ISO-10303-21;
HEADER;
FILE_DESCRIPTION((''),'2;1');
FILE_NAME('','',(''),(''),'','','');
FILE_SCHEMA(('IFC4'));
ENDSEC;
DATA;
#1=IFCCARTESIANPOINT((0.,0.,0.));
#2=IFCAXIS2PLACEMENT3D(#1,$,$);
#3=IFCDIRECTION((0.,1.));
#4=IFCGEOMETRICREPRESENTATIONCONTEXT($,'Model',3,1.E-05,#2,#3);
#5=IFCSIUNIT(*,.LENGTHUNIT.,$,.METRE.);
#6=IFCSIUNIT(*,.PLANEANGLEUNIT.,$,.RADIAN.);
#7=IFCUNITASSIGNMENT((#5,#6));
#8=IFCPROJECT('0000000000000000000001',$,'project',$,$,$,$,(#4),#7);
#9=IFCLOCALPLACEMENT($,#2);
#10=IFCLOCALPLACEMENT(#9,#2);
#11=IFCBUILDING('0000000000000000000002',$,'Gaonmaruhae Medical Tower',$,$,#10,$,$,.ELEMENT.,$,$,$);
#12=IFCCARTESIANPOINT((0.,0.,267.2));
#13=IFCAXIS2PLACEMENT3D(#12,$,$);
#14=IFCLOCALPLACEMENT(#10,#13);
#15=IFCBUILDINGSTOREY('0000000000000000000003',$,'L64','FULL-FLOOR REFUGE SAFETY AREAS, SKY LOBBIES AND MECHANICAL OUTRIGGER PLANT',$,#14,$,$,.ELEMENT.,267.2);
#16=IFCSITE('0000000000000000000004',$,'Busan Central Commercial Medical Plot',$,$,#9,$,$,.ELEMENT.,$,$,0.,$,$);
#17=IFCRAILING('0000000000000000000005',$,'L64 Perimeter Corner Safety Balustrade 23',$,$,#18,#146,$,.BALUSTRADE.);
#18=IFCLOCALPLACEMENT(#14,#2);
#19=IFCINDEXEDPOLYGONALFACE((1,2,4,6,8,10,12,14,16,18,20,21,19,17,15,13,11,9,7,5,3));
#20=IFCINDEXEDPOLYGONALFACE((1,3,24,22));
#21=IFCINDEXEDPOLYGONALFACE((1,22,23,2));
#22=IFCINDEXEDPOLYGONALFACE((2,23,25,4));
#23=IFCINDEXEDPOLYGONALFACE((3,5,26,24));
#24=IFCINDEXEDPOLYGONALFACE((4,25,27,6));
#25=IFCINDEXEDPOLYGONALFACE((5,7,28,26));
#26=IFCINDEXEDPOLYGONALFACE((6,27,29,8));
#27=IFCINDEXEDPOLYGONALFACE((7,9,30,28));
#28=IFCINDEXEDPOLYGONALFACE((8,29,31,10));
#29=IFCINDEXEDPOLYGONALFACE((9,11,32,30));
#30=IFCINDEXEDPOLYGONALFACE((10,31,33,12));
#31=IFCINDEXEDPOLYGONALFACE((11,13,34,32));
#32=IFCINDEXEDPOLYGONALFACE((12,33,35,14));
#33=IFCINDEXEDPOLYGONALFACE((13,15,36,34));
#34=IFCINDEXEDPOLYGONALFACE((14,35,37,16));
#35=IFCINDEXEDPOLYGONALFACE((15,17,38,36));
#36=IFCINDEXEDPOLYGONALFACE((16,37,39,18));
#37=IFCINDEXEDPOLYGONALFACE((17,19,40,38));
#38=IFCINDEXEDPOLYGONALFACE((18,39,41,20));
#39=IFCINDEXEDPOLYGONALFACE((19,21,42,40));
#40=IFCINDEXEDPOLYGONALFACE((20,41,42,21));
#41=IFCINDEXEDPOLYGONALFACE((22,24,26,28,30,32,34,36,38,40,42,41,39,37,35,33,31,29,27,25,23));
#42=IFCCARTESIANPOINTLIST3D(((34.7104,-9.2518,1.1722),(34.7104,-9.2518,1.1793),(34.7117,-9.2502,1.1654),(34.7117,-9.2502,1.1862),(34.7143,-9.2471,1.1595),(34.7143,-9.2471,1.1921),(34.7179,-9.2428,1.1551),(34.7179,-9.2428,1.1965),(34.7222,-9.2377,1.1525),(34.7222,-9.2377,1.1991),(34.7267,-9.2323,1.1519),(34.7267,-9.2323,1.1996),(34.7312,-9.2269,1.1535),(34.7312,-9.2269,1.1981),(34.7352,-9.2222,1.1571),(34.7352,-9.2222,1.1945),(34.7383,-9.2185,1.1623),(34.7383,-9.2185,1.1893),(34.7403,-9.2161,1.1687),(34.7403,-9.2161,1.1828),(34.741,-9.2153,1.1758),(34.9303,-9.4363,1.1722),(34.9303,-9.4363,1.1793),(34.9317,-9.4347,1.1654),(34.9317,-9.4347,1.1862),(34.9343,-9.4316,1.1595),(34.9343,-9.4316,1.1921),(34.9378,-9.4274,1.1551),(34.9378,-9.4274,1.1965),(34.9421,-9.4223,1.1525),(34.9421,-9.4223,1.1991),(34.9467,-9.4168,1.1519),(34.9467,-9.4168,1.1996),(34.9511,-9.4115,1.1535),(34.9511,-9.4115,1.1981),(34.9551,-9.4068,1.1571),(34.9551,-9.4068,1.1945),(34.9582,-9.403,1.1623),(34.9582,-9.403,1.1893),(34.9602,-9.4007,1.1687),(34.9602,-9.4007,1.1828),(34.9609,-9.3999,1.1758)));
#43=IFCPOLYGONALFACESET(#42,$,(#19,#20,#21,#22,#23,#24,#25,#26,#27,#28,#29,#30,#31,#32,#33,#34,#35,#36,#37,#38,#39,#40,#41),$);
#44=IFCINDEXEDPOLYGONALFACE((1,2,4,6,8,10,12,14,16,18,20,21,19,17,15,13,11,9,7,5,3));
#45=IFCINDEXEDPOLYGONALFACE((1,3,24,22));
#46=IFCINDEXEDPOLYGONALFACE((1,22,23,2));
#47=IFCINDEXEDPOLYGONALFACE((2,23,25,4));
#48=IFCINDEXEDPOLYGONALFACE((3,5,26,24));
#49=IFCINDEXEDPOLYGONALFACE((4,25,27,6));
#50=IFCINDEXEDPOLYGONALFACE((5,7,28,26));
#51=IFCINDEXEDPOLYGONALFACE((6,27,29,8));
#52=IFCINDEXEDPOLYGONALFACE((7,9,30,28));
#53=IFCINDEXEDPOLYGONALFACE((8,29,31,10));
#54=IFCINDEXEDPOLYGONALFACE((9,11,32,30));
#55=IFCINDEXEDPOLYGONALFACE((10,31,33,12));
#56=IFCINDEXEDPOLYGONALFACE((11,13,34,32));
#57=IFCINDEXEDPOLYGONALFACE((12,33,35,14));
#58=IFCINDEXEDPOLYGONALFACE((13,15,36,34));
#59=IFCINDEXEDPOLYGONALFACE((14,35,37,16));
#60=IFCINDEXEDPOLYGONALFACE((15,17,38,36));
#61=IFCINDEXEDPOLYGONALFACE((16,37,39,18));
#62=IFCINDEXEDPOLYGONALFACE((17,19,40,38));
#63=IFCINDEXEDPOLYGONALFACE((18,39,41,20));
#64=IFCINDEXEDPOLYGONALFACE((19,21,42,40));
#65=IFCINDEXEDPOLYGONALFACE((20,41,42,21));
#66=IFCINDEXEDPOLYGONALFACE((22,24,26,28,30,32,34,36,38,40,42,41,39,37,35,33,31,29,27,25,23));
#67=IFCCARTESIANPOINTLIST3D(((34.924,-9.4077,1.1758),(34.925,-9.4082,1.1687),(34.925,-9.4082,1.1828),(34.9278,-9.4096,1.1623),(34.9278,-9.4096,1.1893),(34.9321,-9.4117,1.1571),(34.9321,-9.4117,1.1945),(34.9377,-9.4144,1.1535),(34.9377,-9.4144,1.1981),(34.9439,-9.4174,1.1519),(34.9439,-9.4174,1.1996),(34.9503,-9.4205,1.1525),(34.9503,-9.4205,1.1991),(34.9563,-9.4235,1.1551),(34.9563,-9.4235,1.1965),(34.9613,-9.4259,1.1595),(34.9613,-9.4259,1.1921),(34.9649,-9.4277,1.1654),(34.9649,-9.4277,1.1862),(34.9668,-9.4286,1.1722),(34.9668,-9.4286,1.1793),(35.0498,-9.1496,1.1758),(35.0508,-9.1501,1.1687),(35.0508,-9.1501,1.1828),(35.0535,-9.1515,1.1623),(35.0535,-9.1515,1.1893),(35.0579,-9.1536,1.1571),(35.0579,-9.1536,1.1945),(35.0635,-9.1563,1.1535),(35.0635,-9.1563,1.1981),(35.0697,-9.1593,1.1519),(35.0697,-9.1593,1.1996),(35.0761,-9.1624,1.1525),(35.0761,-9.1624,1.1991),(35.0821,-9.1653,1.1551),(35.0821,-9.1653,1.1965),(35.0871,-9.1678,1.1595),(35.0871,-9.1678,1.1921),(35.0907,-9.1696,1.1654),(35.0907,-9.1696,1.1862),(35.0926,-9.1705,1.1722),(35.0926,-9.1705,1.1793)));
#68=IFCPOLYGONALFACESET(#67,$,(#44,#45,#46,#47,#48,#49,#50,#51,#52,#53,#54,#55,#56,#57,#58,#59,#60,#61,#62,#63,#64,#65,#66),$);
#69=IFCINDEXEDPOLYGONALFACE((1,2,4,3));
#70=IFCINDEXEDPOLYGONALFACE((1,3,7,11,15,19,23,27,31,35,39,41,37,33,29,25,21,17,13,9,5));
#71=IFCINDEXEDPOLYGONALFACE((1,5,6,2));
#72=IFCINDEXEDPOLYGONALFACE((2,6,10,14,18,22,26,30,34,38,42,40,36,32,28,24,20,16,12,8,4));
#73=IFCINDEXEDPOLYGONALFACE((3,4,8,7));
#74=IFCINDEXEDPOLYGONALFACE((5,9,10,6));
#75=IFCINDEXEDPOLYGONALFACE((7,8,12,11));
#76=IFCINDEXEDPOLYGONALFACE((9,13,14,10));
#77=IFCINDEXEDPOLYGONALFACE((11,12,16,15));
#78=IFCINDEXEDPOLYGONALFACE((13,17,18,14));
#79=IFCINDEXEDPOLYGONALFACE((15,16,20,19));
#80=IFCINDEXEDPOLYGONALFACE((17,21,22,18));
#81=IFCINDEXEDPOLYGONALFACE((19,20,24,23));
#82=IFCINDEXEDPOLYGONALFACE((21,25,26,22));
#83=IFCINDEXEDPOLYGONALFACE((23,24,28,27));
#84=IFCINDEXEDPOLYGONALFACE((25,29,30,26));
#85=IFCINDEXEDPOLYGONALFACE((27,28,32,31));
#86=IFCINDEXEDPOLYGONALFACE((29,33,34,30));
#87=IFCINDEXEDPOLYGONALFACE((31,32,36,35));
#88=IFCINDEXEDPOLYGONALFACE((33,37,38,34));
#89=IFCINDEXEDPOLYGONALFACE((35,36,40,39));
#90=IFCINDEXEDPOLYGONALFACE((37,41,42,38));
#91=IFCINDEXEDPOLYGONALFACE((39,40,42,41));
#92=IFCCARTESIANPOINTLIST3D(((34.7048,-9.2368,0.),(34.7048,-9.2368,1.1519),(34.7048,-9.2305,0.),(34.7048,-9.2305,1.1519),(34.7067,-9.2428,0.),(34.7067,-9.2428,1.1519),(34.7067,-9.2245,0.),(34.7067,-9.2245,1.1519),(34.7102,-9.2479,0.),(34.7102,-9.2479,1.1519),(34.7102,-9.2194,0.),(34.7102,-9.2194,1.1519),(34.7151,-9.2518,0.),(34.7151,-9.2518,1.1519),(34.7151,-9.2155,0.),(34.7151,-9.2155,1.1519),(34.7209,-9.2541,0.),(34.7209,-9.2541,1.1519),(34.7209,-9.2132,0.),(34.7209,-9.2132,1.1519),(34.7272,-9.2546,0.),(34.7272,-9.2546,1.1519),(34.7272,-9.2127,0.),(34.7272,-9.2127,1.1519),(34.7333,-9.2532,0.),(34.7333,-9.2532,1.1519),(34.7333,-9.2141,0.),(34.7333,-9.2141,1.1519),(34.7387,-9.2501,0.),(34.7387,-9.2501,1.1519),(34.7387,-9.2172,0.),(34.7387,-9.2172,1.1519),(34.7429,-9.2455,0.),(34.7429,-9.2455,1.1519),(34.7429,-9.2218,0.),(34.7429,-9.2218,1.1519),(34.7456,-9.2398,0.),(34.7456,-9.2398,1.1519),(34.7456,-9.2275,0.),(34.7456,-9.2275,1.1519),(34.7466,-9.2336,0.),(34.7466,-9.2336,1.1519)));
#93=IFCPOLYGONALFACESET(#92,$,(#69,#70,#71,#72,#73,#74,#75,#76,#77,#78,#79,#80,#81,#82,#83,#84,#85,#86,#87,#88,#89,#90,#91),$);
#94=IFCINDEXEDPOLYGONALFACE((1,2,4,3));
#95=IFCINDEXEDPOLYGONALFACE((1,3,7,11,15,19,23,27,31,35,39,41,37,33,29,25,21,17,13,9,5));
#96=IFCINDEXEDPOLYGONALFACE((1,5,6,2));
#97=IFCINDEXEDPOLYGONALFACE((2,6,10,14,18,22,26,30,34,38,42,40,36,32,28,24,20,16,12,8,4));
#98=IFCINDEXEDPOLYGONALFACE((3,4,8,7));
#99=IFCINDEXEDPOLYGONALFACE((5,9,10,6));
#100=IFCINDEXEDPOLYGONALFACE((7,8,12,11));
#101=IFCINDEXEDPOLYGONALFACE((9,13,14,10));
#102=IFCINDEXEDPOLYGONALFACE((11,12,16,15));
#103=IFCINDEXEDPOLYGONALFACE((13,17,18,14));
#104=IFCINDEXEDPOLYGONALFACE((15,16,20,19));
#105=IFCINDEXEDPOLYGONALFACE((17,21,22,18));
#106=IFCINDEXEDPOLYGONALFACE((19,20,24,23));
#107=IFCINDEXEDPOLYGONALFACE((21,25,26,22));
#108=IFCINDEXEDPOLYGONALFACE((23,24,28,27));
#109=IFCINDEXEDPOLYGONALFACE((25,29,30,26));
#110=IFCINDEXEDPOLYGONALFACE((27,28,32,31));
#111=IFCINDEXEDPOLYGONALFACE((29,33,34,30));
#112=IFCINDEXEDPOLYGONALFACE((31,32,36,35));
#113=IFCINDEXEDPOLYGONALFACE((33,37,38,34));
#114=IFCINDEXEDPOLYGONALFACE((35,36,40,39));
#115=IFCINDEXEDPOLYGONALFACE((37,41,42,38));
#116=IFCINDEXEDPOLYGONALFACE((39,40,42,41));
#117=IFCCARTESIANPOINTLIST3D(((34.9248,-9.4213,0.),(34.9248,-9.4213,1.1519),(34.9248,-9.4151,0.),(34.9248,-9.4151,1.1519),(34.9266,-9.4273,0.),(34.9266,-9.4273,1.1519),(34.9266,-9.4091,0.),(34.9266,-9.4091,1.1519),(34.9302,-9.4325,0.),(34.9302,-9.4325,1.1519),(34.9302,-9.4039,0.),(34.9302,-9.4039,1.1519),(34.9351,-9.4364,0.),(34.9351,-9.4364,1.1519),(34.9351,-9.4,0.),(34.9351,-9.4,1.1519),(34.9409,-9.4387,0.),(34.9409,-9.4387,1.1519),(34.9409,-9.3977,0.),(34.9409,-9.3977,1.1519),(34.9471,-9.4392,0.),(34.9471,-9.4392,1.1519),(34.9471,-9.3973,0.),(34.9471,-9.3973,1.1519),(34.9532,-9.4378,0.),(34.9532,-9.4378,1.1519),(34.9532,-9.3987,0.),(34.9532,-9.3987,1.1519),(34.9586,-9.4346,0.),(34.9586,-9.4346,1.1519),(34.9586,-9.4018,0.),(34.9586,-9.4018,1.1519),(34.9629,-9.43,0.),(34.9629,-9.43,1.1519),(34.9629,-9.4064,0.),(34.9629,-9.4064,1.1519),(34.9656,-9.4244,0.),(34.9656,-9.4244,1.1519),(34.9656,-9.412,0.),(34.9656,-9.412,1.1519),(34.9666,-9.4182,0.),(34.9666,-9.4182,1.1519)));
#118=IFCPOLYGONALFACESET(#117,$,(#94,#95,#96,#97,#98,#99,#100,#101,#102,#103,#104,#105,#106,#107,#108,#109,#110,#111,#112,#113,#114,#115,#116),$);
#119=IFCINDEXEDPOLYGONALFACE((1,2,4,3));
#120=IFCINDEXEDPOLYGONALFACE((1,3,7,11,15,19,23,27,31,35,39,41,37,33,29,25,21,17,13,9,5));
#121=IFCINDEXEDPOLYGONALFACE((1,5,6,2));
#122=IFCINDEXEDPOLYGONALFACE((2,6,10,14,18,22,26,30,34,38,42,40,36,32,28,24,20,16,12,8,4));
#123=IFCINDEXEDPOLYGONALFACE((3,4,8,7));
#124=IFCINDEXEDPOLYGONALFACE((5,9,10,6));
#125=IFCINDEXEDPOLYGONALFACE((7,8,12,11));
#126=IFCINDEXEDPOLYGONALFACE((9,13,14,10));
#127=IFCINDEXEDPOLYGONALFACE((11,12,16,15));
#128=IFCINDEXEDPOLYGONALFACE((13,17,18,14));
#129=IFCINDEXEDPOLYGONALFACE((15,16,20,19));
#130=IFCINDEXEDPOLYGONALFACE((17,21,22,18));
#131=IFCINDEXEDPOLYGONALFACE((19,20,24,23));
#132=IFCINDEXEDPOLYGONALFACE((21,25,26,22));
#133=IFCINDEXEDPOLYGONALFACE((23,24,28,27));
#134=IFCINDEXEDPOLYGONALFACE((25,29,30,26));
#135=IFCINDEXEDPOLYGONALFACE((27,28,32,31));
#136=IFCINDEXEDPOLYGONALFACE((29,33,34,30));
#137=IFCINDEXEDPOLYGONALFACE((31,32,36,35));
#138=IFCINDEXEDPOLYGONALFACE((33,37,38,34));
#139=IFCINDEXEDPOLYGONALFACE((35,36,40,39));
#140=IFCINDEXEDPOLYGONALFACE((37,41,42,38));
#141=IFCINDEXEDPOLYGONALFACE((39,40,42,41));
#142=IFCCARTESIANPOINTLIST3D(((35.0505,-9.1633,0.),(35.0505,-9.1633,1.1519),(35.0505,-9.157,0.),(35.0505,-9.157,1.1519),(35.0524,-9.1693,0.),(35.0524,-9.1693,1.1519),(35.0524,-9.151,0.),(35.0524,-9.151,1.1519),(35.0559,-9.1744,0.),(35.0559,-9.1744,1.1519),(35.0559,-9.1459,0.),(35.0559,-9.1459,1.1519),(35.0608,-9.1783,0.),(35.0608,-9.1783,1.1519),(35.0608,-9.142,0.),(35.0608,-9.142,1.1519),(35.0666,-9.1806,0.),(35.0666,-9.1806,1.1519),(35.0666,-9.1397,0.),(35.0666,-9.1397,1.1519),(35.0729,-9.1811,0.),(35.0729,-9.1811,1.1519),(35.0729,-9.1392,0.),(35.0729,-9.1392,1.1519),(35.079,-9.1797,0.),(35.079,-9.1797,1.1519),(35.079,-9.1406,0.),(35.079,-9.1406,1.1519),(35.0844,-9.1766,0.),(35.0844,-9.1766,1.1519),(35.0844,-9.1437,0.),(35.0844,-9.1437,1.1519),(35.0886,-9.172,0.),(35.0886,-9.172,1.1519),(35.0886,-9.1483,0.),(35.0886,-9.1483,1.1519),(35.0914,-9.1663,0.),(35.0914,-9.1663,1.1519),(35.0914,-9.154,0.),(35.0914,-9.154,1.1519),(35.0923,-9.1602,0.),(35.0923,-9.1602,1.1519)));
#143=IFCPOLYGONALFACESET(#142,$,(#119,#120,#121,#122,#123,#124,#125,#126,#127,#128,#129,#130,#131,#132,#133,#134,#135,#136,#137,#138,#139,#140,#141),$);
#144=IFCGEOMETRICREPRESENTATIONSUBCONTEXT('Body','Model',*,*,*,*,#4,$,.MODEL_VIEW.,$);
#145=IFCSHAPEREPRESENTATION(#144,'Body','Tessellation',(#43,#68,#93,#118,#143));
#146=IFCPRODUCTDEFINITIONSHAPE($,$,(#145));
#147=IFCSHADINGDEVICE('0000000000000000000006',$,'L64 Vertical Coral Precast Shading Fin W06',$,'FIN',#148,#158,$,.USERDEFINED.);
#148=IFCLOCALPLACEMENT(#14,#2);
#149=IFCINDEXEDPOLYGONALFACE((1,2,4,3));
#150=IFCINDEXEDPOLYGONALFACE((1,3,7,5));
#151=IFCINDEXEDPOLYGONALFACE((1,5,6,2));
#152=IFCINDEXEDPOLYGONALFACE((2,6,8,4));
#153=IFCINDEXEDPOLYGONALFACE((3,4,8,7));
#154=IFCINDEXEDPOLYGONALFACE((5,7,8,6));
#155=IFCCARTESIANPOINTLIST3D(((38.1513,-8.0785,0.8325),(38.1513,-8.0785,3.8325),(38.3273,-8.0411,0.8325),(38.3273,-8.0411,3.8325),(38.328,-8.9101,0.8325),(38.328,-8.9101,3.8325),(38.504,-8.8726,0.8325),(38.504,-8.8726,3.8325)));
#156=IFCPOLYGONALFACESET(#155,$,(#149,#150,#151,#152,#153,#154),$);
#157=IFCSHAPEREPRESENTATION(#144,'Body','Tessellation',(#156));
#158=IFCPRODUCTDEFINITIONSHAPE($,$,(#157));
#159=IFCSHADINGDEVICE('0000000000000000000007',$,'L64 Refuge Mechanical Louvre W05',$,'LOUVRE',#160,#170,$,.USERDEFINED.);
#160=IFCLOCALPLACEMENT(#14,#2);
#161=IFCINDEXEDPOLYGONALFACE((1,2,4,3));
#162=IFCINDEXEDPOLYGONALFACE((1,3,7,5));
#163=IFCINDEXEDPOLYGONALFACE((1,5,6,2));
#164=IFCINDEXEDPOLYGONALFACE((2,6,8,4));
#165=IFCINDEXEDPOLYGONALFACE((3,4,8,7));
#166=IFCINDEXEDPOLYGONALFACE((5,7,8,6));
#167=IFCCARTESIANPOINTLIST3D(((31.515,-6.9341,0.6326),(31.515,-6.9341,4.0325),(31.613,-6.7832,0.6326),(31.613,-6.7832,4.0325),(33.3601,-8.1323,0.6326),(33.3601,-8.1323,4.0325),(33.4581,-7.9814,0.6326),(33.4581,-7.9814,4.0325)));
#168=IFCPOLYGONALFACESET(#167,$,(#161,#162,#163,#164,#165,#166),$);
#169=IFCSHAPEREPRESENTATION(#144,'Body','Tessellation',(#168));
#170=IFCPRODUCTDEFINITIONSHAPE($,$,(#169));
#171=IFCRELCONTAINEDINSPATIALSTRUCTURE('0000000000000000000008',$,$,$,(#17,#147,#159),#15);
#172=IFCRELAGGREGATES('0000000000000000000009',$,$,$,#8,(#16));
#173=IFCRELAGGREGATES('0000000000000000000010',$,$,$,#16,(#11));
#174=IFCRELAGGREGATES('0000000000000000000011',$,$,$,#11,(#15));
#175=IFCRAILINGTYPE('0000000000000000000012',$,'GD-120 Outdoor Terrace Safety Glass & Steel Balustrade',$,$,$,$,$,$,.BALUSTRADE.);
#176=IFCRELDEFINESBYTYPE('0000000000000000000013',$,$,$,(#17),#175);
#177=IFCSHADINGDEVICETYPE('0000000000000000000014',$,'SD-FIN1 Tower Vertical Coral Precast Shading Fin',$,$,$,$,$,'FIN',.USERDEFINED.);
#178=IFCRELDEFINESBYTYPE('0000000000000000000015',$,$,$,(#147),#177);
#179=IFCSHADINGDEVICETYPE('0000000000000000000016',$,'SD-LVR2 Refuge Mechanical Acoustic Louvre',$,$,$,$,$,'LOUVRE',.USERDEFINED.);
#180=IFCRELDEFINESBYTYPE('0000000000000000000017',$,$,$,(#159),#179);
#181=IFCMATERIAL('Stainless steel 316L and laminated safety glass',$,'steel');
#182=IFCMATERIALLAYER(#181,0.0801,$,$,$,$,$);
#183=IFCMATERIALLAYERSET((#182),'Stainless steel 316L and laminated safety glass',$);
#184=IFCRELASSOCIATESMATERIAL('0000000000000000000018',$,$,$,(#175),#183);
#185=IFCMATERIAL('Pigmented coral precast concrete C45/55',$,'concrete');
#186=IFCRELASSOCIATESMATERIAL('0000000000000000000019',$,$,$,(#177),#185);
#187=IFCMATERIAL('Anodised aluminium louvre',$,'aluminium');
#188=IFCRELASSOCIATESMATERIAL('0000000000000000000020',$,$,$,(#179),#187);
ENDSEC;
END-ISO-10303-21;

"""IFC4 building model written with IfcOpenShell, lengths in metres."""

from ifc_helpers import new_model, si_unit, direction, frame, origin, origin_2d, place, context, subcontext, project, spatial, rectangle, circle, extrude, material, layer, layer_set, type_object, element, save


model = new_model("IFC4")

# Units and contexts
model_context = context("Model", 3, precision=1e-05, world=origin(), true_north=direction((0.0, 1.0)))
body_context = subcontext(model_context, "Body", "Model", "MODEL_VIEW")
ifc_project = project(units=[si_unit("LENGTHUNIT", "METRE"), si_unit("PLANEANGLEUNIT", "RADIAN")], contexts=[model_context])

# Site, building, storey
site_placement = place(None, origin())
site = spatial("IfcSite", under=ifc_project, at=site_placement, Name="Busan Central Commercial Medical Plot", CompositionType="ELEMENT", RefElevation=0.0)
building_placement = place(site_placement, origin())
building = spatial("IfcBuilding", under=site, at=building_placement, Name="Gaonmaruhae Medical Tower", CompositionType="ELEMENT")
storey_placement = place(building_placement, frame((0.0, 0.0, 267.2)))
storey = spatial("IfcBuildingStorey", under=building, at=storey_placement, Name="L64", Description="FULL-FLOOR REFUGE SAFETY AREAS, SKY LOBBIES AND MECHANICAL OUTRIGGER PLANT", CompositionType="ELEMENT", Elevation=267.2)

# Railing
ifc_material_1 = material(Name="Stainless steel 316L and laminated safety glass", Category="steel")
ifc_layer_1 = layer(ifc_material_1, 0.0801)
ifc_layer_set_1 = layer_set([ifc_layer_1], Name="Stainless steel 316L and laminated safety glass")
railing_type = type_object("IfcRailingType", Name="GD-120 Outdoor Terrace Safety Glass & Steel Balustrade", PredefinedType="BALUSTRADE", material=ifc_layer_set_1)
railing_1_placement = place(storey_placement, frame((34.7256, -9.2336, 0.0)))
element("IfcRailing", 1, at=railing_1_placement, inside=storey, type_object=railing_type, Name="L64 Perimeter Corner Safety Balustrade 23", PredefinedType="BALUSTRADE", context=body_context, shape_type="SweptSolid", body=[
    extrude(circle(Radius=0.0239, at=origin_2d()), frame((0.0, 0.0, 1.1758), z_axis=(0.766056, -0.642773, 0.0), x_axis=(0.642773, 0.766056, 0.0)), (0.0, 0.0, 1.0), 0.2871),
    extrude(circle(Radius=0.0239, at=origin_2d()), frame((0.22, -0.1846, 1.1758), z_axis=(0.438005, 0.898973, 0.0), x_axis=(-0.898973, 0.438005, 0.0)), (0.0, 0.0, 1.0), 0.2871),
    extrude(circle(Radius=0.021, at=origin_2d()), origin(), (0.0, 0.0, 1.0), 1.1519),
    extrude(circle(Radius=0.021, at=origin_2d()), frame((0.22, -0.1846, 0.0)), (0.0, 0.0, 1.0), 1.1519),
    extrude(circle(Radius=0.021, at=origin_2d()), frame((0.3457, 0.0735, 0.0)), (0.0, 0.0, 1.0), 1.1519),
])

# Shading devices
ifc_material_2 = material(Name="Pigmented coral precast concrete C45/55", Category="concrete")
shading_device_type_1 = type_object("IfcShadingDeviceType", Name="SD-FIN1 Tower Vertical Coral Precast Shading Fin", ElementType="FIN", PredefinedType="USERDEFINED", material=ifc_material_2)
shading_device_1_placement = place(storey_placement, frame((38.3276, -8.4756, 0.8325), z_axis=(0.0, 0.0, 1.0), x_axis=(-0.978148, -0.207912, 0.0)))
element("IfcShadingDevice", 2, at=shading_device_1_placement, inside=storey, type_object=shading_device_type_1, Name="L64 Vertical Coral Precast Shading Fin W06", ObjectType="FIN", PredefinedType="USERDEFINED", context=body_context, shape_type="SweptSolid", body=[
    extrude(rectangle(XDim=0.1799, YDim=0.8501, at=origin_2d()), origin(), (0.0, 0.0, 1.0), 3.0),
])
ifc_material_3 = material(Name="Anodised aluminium louvre", Category="aluminium")
shading_device_type_2 = type_object("IfcShadingDeviceType", Name="SD-LVR2 Refuge Mechanical Acoustic Louvre", ElementType="LOUVRE", PredefinedType="USERDEFINED", material=ifc_material_3)
shading_device_2_placement = place(storey_placement, frame((32.4866, -7.4578, 0.6326), z_axis=(0.0, 0.0, 1.0), x_axis=(-0.83868, 0.544624, 0.0)))
element("IfcShadingDevice", 3, at=shading_device_2_placement, inside=storey, type_object=shading_device_type_2, Name="L64 Refuge Mechanical Louvre W05", ObjectType="LOUVRE", PredefinedType="USERDEFINED", context=body_context, shape_type="SweptSolid", body=[
    extrude(rectangle(XDim=2.2, YDim=0.1799, at=origin_2d()), origin(), (0.0, 0.0, 1.0), 3.3999),
])

save(model, "model.ifc")
